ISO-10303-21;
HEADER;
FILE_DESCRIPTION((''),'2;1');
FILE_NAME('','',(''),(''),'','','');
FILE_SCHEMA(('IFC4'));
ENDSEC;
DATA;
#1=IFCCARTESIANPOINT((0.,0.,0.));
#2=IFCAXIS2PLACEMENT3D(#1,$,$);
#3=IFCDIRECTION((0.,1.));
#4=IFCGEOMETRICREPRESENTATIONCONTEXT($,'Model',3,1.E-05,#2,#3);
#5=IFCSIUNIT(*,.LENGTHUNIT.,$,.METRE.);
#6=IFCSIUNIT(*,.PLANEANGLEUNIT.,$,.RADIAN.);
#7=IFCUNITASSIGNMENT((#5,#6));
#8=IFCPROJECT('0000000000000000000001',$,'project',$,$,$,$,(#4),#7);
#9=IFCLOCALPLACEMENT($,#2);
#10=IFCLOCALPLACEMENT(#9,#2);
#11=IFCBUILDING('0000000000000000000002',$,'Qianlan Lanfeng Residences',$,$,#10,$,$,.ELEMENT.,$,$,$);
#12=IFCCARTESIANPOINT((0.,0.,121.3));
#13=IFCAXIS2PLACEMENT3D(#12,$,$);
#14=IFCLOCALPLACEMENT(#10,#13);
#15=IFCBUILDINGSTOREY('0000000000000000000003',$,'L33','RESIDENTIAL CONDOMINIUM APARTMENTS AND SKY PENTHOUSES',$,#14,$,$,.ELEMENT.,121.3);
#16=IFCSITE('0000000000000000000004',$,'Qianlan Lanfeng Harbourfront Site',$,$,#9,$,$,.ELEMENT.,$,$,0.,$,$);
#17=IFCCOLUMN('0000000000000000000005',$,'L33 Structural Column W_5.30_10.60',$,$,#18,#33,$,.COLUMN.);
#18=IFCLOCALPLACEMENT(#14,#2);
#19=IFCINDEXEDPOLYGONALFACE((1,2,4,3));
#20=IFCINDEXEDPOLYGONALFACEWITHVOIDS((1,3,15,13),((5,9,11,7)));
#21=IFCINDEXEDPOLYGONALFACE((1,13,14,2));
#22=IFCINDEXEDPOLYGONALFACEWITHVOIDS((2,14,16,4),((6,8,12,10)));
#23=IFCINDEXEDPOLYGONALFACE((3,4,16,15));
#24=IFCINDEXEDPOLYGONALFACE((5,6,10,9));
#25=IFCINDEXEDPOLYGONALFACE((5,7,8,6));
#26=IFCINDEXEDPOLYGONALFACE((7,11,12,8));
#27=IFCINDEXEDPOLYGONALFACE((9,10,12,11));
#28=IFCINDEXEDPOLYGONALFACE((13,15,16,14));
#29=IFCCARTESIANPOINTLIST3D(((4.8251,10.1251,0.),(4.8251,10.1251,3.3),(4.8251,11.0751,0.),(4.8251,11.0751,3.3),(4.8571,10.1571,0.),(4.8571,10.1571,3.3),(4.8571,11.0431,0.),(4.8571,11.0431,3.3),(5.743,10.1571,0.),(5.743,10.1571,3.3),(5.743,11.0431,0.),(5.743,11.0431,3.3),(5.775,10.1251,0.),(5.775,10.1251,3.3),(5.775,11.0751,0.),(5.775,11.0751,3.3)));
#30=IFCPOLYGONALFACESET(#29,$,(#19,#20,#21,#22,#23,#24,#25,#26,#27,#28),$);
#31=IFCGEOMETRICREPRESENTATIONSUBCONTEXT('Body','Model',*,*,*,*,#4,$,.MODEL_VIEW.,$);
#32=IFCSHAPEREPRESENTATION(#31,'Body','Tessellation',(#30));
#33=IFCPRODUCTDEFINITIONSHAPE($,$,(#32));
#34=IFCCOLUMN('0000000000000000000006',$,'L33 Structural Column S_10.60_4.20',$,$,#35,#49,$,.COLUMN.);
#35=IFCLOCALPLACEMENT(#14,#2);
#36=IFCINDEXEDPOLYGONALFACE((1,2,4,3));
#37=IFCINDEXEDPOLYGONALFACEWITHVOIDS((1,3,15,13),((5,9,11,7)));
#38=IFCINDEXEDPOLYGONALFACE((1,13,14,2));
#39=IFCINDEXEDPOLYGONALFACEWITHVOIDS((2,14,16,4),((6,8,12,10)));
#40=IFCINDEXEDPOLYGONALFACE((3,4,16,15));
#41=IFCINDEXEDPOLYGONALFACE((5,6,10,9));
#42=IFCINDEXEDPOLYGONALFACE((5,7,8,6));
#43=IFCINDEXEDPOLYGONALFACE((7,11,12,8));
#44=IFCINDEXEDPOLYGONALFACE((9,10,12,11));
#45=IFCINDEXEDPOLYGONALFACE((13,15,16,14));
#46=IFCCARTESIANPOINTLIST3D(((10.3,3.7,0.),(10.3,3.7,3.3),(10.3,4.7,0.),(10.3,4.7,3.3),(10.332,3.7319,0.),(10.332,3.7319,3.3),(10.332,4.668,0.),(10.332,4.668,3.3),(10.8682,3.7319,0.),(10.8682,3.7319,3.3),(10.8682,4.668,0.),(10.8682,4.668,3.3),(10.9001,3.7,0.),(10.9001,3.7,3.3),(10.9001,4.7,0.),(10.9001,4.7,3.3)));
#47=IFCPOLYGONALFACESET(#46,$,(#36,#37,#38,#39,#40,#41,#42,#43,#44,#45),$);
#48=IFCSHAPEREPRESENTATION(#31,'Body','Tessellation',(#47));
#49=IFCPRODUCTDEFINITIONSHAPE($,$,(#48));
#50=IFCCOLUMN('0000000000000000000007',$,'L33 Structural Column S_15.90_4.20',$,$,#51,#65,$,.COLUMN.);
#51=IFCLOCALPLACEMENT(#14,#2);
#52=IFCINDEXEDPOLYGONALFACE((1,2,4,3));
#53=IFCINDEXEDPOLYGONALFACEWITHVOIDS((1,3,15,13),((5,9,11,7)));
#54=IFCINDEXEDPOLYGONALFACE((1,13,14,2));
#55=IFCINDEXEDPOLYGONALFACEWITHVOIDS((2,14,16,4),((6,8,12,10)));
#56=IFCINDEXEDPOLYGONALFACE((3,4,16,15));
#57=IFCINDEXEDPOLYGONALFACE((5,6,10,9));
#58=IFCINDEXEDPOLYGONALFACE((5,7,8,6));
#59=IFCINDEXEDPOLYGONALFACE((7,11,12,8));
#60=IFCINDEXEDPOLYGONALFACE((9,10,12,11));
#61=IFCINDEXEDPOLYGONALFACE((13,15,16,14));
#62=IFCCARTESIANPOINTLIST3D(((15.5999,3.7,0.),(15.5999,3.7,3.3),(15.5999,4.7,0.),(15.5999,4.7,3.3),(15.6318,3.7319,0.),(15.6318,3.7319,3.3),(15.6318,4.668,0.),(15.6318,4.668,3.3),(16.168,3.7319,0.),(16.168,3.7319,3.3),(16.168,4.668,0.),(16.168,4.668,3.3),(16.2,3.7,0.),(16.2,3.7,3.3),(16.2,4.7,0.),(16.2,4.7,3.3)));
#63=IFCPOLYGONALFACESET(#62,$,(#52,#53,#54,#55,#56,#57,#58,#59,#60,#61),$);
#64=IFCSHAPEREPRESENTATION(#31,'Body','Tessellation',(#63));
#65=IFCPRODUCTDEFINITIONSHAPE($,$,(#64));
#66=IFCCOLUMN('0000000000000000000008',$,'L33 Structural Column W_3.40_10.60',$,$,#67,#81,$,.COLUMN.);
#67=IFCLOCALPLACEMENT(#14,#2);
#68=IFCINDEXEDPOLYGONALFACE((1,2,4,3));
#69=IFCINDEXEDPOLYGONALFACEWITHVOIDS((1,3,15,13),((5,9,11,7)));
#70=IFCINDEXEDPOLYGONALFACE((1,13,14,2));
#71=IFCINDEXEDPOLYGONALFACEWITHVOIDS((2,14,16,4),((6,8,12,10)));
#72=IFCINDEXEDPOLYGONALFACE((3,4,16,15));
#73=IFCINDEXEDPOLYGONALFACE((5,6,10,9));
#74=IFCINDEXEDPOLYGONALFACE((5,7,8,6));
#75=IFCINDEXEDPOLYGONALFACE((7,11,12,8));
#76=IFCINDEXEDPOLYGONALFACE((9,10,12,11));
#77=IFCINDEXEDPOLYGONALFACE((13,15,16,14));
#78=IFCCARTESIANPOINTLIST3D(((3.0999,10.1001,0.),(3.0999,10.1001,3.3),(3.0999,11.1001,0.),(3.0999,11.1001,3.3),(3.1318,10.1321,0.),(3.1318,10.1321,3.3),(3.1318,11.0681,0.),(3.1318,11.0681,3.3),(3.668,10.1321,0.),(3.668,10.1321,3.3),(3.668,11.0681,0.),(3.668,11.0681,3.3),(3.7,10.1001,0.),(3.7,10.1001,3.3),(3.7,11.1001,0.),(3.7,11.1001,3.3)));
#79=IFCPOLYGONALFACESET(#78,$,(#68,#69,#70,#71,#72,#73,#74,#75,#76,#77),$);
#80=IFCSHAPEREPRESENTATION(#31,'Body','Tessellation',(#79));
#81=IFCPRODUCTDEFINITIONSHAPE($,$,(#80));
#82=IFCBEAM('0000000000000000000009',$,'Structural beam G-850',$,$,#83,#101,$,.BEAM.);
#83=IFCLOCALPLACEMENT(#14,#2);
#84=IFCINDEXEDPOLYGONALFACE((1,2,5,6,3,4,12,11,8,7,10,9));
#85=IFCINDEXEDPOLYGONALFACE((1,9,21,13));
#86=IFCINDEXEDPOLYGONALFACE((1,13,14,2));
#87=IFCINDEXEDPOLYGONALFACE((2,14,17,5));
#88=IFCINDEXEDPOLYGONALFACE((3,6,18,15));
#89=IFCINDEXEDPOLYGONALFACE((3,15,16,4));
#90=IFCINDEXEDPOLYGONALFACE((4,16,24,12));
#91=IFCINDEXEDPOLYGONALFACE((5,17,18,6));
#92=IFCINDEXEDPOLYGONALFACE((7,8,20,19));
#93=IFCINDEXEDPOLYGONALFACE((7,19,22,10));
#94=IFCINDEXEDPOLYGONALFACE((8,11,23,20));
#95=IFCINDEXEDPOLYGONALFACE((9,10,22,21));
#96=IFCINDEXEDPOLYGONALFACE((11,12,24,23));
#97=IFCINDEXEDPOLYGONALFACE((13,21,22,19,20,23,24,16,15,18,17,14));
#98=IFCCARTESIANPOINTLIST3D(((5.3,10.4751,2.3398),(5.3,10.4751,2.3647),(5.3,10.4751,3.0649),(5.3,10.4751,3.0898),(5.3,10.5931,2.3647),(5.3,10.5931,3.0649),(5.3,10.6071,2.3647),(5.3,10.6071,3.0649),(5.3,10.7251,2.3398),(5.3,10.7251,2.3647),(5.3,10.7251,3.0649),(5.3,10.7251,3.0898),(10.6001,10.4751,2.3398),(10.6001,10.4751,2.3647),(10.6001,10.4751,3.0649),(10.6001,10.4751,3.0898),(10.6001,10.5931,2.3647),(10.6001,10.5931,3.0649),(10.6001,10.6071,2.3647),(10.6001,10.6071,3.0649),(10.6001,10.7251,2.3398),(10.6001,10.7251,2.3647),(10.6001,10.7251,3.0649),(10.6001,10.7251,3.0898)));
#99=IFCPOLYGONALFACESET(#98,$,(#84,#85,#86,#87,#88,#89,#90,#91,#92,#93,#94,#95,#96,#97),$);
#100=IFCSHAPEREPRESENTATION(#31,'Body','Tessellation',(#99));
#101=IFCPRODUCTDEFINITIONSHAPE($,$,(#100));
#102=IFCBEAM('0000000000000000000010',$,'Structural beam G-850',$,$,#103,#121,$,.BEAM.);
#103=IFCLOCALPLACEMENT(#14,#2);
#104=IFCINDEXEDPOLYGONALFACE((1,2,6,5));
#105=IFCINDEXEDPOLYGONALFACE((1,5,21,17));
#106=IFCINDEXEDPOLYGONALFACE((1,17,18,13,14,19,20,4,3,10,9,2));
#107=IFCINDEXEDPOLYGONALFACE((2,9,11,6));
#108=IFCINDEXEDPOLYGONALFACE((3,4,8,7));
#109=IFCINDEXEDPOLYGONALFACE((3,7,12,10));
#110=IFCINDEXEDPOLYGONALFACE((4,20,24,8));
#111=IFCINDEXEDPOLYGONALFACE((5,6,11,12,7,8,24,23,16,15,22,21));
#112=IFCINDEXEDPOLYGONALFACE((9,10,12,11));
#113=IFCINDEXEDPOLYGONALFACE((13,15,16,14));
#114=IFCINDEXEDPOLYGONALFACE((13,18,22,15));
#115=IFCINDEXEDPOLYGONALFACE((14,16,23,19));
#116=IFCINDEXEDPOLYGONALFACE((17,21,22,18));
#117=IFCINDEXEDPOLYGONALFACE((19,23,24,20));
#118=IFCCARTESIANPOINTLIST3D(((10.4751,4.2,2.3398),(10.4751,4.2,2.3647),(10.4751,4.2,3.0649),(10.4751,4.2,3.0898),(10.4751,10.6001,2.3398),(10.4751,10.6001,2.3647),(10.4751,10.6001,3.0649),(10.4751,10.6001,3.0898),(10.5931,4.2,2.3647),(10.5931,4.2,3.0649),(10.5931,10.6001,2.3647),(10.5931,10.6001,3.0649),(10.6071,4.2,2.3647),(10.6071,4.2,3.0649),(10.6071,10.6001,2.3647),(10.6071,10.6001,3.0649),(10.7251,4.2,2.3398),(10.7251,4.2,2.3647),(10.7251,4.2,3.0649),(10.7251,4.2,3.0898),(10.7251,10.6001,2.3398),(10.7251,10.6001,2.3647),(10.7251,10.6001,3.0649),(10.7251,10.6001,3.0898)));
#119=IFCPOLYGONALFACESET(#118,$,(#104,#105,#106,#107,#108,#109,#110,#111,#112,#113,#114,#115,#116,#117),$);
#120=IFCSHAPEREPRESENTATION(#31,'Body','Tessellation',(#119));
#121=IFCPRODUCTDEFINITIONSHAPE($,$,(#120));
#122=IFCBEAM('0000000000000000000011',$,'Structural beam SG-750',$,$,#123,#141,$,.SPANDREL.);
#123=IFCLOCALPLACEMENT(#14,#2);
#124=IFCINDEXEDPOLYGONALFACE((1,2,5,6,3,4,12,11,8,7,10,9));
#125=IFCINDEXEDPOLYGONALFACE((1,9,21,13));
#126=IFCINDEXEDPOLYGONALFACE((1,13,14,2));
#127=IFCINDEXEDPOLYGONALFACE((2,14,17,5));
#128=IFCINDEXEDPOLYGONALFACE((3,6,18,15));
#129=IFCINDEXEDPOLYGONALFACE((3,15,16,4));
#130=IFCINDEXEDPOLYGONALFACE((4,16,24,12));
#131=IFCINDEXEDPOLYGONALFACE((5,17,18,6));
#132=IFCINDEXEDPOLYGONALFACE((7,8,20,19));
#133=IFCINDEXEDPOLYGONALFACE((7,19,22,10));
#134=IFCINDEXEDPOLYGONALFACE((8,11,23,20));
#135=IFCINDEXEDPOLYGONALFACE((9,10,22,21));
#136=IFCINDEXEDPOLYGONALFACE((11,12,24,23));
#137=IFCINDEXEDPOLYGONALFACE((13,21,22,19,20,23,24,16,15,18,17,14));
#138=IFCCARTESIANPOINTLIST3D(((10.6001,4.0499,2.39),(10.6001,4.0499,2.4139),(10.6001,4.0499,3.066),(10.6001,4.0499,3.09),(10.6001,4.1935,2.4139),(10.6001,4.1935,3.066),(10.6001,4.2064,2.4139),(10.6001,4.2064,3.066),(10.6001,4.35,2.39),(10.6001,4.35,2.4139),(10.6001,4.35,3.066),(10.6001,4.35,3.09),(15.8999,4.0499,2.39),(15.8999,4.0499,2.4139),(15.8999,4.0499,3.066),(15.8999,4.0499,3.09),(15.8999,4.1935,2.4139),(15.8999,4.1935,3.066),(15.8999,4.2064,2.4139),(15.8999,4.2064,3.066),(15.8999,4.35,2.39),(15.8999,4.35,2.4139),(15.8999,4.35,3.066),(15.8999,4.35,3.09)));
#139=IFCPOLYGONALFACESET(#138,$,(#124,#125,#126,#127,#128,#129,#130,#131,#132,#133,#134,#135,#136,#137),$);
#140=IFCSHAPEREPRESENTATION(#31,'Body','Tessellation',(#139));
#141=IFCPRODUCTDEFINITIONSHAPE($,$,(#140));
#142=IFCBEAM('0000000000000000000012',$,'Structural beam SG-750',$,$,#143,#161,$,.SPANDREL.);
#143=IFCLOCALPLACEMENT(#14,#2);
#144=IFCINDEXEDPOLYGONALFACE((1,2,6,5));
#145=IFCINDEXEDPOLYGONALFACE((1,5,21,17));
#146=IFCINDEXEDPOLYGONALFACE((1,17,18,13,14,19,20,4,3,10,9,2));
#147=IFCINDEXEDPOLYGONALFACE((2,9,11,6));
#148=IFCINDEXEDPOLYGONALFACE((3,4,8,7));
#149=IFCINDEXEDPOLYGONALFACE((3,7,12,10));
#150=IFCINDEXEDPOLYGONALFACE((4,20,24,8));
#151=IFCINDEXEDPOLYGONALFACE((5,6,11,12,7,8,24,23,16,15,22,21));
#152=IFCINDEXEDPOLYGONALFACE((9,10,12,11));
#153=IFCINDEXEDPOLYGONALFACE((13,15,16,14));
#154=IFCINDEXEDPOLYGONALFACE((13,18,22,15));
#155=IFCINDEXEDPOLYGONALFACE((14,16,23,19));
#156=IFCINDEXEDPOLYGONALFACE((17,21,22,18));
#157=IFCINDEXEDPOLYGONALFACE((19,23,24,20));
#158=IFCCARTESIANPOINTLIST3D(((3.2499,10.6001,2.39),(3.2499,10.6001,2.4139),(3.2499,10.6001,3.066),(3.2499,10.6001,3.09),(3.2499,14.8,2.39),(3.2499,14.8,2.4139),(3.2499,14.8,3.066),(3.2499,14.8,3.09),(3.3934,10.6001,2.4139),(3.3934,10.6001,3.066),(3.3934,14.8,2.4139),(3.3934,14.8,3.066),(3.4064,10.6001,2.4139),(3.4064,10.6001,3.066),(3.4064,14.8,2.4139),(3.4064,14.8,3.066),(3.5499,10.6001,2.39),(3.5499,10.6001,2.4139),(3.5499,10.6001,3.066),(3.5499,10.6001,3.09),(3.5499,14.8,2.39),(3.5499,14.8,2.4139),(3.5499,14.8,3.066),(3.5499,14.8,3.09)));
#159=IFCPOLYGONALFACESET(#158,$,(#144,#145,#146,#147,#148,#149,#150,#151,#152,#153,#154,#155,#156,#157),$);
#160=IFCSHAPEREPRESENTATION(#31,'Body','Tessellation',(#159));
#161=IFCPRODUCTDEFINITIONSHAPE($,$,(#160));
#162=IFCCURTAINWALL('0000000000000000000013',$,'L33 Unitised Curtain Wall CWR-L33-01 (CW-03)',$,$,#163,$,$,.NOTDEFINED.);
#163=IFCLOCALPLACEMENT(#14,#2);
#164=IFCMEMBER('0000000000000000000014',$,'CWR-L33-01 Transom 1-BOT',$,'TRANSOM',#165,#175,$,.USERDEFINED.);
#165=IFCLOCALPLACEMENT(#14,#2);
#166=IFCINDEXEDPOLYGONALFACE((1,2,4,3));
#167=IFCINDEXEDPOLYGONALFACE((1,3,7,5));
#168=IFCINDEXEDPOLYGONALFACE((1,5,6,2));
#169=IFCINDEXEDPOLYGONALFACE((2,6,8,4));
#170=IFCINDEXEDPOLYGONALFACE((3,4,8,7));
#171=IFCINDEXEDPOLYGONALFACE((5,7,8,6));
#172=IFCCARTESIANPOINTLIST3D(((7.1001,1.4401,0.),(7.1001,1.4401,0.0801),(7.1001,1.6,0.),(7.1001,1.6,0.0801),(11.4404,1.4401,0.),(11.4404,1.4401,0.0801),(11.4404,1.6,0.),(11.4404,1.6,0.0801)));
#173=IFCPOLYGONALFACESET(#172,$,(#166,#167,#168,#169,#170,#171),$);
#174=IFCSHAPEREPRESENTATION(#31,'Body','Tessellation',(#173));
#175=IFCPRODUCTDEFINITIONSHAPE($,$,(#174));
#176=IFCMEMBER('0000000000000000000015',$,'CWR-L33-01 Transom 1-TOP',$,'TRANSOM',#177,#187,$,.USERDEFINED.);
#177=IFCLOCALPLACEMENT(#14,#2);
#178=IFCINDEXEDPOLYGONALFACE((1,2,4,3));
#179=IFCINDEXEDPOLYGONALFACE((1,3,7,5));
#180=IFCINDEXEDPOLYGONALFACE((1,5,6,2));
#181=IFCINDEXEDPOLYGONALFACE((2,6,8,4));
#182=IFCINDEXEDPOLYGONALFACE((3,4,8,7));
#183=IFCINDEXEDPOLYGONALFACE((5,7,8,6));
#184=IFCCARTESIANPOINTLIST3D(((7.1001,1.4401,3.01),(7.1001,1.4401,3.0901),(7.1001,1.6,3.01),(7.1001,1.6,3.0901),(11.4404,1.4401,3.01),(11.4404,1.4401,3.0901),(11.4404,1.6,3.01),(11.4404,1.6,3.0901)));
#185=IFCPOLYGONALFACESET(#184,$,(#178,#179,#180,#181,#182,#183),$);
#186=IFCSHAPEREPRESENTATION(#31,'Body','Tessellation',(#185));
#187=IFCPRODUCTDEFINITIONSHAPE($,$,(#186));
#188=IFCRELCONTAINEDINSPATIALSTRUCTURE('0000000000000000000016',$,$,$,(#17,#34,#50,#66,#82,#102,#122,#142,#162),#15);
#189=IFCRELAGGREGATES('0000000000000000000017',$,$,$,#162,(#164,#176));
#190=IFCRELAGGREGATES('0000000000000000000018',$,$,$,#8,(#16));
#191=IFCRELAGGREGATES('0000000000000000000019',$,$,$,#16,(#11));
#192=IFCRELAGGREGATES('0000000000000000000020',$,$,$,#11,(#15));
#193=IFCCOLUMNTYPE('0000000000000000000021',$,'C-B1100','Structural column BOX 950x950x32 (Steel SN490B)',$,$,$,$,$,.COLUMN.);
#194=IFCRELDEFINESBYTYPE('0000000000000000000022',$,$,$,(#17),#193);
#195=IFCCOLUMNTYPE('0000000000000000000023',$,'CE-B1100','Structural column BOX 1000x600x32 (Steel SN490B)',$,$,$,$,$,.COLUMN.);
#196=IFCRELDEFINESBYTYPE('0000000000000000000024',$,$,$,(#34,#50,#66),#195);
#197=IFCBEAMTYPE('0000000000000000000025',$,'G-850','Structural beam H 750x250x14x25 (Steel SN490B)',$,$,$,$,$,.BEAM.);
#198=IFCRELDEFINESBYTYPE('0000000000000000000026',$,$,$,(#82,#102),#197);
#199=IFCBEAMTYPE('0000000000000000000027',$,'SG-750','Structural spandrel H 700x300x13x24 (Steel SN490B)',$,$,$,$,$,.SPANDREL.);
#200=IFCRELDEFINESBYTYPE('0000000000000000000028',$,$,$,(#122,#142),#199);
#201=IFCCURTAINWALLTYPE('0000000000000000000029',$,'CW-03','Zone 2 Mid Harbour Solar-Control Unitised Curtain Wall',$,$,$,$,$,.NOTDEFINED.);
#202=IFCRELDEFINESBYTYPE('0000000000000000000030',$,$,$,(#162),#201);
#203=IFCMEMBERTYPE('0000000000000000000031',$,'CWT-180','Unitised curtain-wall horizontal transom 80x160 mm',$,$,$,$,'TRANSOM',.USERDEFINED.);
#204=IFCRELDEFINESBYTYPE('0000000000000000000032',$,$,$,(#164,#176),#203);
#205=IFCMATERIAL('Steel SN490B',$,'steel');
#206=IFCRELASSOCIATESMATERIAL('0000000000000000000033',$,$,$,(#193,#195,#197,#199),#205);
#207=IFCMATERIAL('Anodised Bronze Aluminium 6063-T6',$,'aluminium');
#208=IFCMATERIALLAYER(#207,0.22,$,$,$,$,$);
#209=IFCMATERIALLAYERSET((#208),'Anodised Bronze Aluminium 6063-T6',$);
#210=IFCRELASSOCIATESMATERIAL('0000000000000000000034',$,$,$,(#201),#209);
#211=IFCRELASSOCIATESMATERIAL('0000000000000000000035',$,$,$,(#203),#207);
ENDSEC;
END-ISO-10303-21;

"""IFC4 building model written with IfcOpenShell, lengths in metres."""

from ifc_helpers import new_model, si_unit, direction, frame, origin, origin_2d, place, context, subcontext, project, spatial, rectangle, hollow_rectangle, i_section, extrude, source, transform, mapped, material, layer, layer_set, material_profile, profile_set, type_object, element, aggregate, save


model = new_model("IFC4")

# Units and contexts
model_context = context("Model", 3, precision=1e-05, world=origin(), true_north=direction((0.0, 1.0)))
body_context = subcontext(model_context, "Body", "Model", "MODEL_VIEW")
ifc_project = project(units=[si_unit("LENGTHUNIT", "METRE"), si_unit("PLANEANGLEUNIT", "RADIAN")], contexts=[model_context])

# Site, building, storey
site_placement = place(None, origin())
site = spatial("IfcSite", under=ifc_project, at=site_placement, Name="Qianlan Lanfeng Harbourfront Site", CompositionType="ELEMENT", RefElevation=0.0)
building_placement = place(site_placement, origin())
building = spatial("IfcBuilding", under=site, at=building_placement, Name="Qianlan Lanfeng Residences", CompositionType="ELEMENT")
storey_placement = place(building_placement, frame((0.0, 0.0, 121.3)))
storey = spatial("IfcBuildingStorey", under=building, at=storey_placement, Name="L33", Description="RESIDENTIAL CONDOMINIUM APARTMENTS AND SKY PENTHOUSES", CompositionType="ELEMENT", Elevation=121.3)

# Columns
ifc_material_1 = material(Name="Steel SN490B", Category="steel")
ifc_material_profile_1 = material_profile(ifc_material_1, hollow_rectangle(XDim=0.95, YDim=0.95, WallThickness=0.032, at=origin_2d()), Name="BOX 950x950x32")
ifc_profile_set_1 = profile_set([ifc_material_profile_1], Name="Steel SN490B")
column_type_1 = type_object("IfcColumnType", Name="C-B1100", Description="Structural column BOX 950x950x32 (Steel SN490B)", PredefinedType="COLUMN", material=ifc_profile_set_1)
column_placement = place(storey_placement, frame((5.3, 10.6001, 0.0), z_axis=(0.0, 0.0, 1.0), x_axis=(1.0, 0.0, 0.0)))
element("IfcColumn", 1, at=column_placement, inside=storey, type_object=column_type_1, Name="L33 Structural Column W_5.30_10.60", PredefinedType="COLUMN", context=body_context, shape_type="SweptSolid", body=[
    extrude(hollow_rectangle(XDim=0.95, YDim=0.95, WallThickness=0.032, at=origin_2d()), origin(), (0.0, 0.0, 1.0), 3.3),
])
ifc_material_profile_2 = material_profile(ifc_material_1, hollow_rectangle(XDim=0.6001, YDim=1.0, WallThickness=0.032, at=origin_2d()), Name="BOX 1000x600x32")
ifc_profile_set_2 = profile_set([ifc_material_profile_2], Name="Steel SN490B")
column_type_2 = type_object("IfcColumnType", Name="CE-B1100", Description="Structural column BOX 1000x600x32 (Steel SN490B)", PredefinedType="COLUMN", material=ifc_profile_set_2)
for number, where, z_axis, x_axis, name in (
    (2, (10.6001, 4.2, 0.0), (0.0, 0.0, 1.0), (1.0, 0.0, 0.0), "L33 Structural Column S_10.60_4.20"),
    (3, (15.8999, 4.2, 0.0), (0.0, 0.0, 1.0), (1.0, 0.0, 0.0), "L33 Structural Column S_15.90_4.20"),
    (4, (3.3999, 10.6001, 0.0), (0.0, 0.0, 1.0), (1.0, 0.0, 0.0), "L33 Structural Column W_3.40_10.60"),
):
    element("IfcColumn", number, at=place(storey_placement, frame(where, z_axis=z_axis, x_axis=x_axis)), inside=storey, type_object=column_type_2, Name=name, PredefinedType="COLUMN", context=body_context, shape_type="SweptSolid", body=[
        extrude(hollow_rectangle(XDim=0.6001, YDim=1.0, WallThickness=0.032, at=origin_2d()), origin(), (0.0, 0.0, 1.0), 3.3),
    ])

# Beams
ifc_material_profile_3 = material_profile(ifc_material_1, i_section(OverallWidth=0.25, OverallDepth=0.75, WebThickness=0.0139, FlangeThickness=0.0249, at=origin_2d()), Name="H 750x250x14x25")
ifc_profile_set_3 = profile_set([ifc_material_profile_3], Name="Steel SN490B")
beam_type_1 = type_object("IfcBeamType", Name="G-850", Description="Structural beam H 750x250x14x25 (Steel SN490B)", PredefinedType="BEAM", material=ifc_profile_set_3)
beam_1_placement = place(storey_placement, frame((5.3, 10.6001, 2.7148), z_axis=(1.0, 0.0, 0.0), x_axis=(0.0, 1.0, 0.0)))
element("IfcBeam", 5, at=beam_1_placement, inside=storey, type_object=beam_type_1, Name="Structural beam G-850", PredefinedType="BEAM", context=body_context, shape_type="SweptSolid", body=[
    extrude(i_section(OverallWidth=0.25, OverallDepth=0.75, WebThickness=0.0139, FlangeThickness=0.0249, at=origin_2d()), origin(), (0.0, 0.0, 1.0), 5.3),
])
beam_2_placement = place(storey_placement, frame((10.6001, 4.2, 2.7148), z_axis=(0.0, 1.0, 0.0), x_axis=(-1.0, 0.0, 0.0)))
element("IfcBeam", 6, at=beam_2_placement, inside=storey, type_object=beam_type_1, Name="Structural beam G-850", PredefinedType="BEAM", context=body_context, shape_type="SweptSolid", body=[
    extrude(i_section(OverallWidth=0.25, OverallDepth=0.75, WebThickness=0.0139, FlangeThickness=0.0249, at=origin_2d()), origin(), (0.0, 0.0, 1.0), 6.4001),
])
ifc_material_profile_4 = material_profile(ifc_material_1, i_section(OverallWidth=0.3, OverallDepth=0.7, WebThickness=0.0129, FlangeThickness=0.0239, at=origin_2d()), Name="H 700x300x13x24")
ifc_profile_set_4 = profile_set([ifc_material_profile_4], Name="Steel SN490B")
beam_type_2 = type_object("IfcBeamType", Name="SG-750", Description="Structural spandrel H 700x300x13x24 (Steel SN490B)", PredefinedType="SPANDREL", material=ifc_profile_set_4)
beam_3_placement = place(storey_placement, frame((10.6001, 4.2, 2.74), z_axis=(1.0, 0.0, 0.0), x_axis=(0.0, 1.0, 0.0)))
element("IfcBeam", 7, at=beam_3_placement, inside=storey, type_object=beam_type_2, Name="Structural beam SG-750", PredefinedType="SPANDREL", context=body_context, shape_type="SweptSolid", body=[
    extrude(i_section(OverallWidth=0.3, OverallDepth=0.7, WebThickness=0.0129, FlangeThickness=0.0239, at=origin_2d()), origin(), (0.0, 0.0, 1.0), 5.2998),
])
beam_4_placement = place(storey_placement, frame((3.3999, 10.6001, 2.74), z_axis=(0.0, 1.0, 0.0), x_axis=(-1.0, 0.0, 0.0)))
element("IfcBeam", 8, at=beam_4_placement, inside=storey, type_object=beam_type_2, Name="Structural beam SG-750", PredefinedType="SPANDREL", context=body_context, shape_type="SweptSolid", body=[
    extrude(i_section(OverallWidth=0.3, OverallDepth=0.7, WebThickness=0.0129, FlangeThickness=0.0239, at=origin_2d()), origin(), (0.0, 0.0, 1.0), 4.2),
])

# Curtain wall, members
ifc_material_2 = material(Name="Anodised Bronze Aluminium 6063-T6", Category="aluminium")
ifc_layer_1 = layer(ifc_material_2, 0.22)
ifc_layer_set_1 = layer_set([ifc_layer_1], Name="Anodised Bronze Aluminium 6063-T6")
curtain_wall_type = type_object("IfcCurtainWallType", Name="CW-03", Description="Zone 2 Mid Harbour Solar-Control Unitised Curtain Wall", PredefinedType="NOTDEFINED", material=ifc_layer_set_1)
curtain_wall_placement = place(storey_placement, origin())
curtain_wall = element("IfcCurtainWall", 9, at=curtain_wall_placement, inside=storey, type_object=curtain_wall_type, Name="L33 Unitised Curtain Wall CWR-L33-01 (CW-03)", PredefinedType="NOTDEFINED")
ifc_material_profile_5 = material_profile(ifc_material_2, rectangle(XDim=0.0801, YDim=0.1599, at=origin_2d()), Name="ALU TRANSOM 80x160")
ifc_profile_set_5 = profile_set([ifc_material_profile_5], Name="Anodised Bronze Aluminium 6063-T6")
member_type_1 = type_object("IfcMemberType", Name="CWT-180", Description="Unitised curtain-wall horizontal transom 80x160 mm", ElementType="TRANSOM", PredefinedType="USERDEFINED", material=ifc_profile_set_5)
shared_shape_1 = source(origin(), body_context, "Body", "SweptSolid", [
    extrude(rectangle(XDim=0.0801, YDim=0.1599, at=origin_2d()), origin(), (0.0, 0.0, 1.0), 4.3403),
])
member_1_placement = place(storey_placement, frame((7.1001, 1.52, 0.04), z_axis=(1.0, 0.0, 0.0), x_axis=(0.0, 0.0, 1.0)))
member_1 = element("IfcMember", 10, at=member_1_placement, type_object=member_type_1, Name="CWR-L33-01 Transom 1-BOT", ObjectType="TRANSOM", PredefinedType="USERDEFINED", context=body_context, shape_type="MappedRepresentation", body=[
    mapped(shared_shape_1, transform((0.0, 0.0, 0.0), scale=1.0)),
])
member_2_placement = place(storey_placement, frame((7.1001, 1.52, 3.05), z_axis=(1.0, 0.0, 0.0), x_axis=(0.0, 0.0, 1.0)))
member_2 = element("IfcMember", 11, at=member_2_placement, type_object=member_type_1, Name="CWR-L33-01 Transom 1-TOP", ObjectType="TRANSOM", PredefinedType="USERDEFINED", context=body_context, shape_type="MappedRepresentation", body=[
    mapped(shared_shape_1, transform((0.0, 0.0, 0.0), scale=1.0)),
])
aggregate(curtain_wall, [member_1, member_2])

save(model, "model.ifc")
